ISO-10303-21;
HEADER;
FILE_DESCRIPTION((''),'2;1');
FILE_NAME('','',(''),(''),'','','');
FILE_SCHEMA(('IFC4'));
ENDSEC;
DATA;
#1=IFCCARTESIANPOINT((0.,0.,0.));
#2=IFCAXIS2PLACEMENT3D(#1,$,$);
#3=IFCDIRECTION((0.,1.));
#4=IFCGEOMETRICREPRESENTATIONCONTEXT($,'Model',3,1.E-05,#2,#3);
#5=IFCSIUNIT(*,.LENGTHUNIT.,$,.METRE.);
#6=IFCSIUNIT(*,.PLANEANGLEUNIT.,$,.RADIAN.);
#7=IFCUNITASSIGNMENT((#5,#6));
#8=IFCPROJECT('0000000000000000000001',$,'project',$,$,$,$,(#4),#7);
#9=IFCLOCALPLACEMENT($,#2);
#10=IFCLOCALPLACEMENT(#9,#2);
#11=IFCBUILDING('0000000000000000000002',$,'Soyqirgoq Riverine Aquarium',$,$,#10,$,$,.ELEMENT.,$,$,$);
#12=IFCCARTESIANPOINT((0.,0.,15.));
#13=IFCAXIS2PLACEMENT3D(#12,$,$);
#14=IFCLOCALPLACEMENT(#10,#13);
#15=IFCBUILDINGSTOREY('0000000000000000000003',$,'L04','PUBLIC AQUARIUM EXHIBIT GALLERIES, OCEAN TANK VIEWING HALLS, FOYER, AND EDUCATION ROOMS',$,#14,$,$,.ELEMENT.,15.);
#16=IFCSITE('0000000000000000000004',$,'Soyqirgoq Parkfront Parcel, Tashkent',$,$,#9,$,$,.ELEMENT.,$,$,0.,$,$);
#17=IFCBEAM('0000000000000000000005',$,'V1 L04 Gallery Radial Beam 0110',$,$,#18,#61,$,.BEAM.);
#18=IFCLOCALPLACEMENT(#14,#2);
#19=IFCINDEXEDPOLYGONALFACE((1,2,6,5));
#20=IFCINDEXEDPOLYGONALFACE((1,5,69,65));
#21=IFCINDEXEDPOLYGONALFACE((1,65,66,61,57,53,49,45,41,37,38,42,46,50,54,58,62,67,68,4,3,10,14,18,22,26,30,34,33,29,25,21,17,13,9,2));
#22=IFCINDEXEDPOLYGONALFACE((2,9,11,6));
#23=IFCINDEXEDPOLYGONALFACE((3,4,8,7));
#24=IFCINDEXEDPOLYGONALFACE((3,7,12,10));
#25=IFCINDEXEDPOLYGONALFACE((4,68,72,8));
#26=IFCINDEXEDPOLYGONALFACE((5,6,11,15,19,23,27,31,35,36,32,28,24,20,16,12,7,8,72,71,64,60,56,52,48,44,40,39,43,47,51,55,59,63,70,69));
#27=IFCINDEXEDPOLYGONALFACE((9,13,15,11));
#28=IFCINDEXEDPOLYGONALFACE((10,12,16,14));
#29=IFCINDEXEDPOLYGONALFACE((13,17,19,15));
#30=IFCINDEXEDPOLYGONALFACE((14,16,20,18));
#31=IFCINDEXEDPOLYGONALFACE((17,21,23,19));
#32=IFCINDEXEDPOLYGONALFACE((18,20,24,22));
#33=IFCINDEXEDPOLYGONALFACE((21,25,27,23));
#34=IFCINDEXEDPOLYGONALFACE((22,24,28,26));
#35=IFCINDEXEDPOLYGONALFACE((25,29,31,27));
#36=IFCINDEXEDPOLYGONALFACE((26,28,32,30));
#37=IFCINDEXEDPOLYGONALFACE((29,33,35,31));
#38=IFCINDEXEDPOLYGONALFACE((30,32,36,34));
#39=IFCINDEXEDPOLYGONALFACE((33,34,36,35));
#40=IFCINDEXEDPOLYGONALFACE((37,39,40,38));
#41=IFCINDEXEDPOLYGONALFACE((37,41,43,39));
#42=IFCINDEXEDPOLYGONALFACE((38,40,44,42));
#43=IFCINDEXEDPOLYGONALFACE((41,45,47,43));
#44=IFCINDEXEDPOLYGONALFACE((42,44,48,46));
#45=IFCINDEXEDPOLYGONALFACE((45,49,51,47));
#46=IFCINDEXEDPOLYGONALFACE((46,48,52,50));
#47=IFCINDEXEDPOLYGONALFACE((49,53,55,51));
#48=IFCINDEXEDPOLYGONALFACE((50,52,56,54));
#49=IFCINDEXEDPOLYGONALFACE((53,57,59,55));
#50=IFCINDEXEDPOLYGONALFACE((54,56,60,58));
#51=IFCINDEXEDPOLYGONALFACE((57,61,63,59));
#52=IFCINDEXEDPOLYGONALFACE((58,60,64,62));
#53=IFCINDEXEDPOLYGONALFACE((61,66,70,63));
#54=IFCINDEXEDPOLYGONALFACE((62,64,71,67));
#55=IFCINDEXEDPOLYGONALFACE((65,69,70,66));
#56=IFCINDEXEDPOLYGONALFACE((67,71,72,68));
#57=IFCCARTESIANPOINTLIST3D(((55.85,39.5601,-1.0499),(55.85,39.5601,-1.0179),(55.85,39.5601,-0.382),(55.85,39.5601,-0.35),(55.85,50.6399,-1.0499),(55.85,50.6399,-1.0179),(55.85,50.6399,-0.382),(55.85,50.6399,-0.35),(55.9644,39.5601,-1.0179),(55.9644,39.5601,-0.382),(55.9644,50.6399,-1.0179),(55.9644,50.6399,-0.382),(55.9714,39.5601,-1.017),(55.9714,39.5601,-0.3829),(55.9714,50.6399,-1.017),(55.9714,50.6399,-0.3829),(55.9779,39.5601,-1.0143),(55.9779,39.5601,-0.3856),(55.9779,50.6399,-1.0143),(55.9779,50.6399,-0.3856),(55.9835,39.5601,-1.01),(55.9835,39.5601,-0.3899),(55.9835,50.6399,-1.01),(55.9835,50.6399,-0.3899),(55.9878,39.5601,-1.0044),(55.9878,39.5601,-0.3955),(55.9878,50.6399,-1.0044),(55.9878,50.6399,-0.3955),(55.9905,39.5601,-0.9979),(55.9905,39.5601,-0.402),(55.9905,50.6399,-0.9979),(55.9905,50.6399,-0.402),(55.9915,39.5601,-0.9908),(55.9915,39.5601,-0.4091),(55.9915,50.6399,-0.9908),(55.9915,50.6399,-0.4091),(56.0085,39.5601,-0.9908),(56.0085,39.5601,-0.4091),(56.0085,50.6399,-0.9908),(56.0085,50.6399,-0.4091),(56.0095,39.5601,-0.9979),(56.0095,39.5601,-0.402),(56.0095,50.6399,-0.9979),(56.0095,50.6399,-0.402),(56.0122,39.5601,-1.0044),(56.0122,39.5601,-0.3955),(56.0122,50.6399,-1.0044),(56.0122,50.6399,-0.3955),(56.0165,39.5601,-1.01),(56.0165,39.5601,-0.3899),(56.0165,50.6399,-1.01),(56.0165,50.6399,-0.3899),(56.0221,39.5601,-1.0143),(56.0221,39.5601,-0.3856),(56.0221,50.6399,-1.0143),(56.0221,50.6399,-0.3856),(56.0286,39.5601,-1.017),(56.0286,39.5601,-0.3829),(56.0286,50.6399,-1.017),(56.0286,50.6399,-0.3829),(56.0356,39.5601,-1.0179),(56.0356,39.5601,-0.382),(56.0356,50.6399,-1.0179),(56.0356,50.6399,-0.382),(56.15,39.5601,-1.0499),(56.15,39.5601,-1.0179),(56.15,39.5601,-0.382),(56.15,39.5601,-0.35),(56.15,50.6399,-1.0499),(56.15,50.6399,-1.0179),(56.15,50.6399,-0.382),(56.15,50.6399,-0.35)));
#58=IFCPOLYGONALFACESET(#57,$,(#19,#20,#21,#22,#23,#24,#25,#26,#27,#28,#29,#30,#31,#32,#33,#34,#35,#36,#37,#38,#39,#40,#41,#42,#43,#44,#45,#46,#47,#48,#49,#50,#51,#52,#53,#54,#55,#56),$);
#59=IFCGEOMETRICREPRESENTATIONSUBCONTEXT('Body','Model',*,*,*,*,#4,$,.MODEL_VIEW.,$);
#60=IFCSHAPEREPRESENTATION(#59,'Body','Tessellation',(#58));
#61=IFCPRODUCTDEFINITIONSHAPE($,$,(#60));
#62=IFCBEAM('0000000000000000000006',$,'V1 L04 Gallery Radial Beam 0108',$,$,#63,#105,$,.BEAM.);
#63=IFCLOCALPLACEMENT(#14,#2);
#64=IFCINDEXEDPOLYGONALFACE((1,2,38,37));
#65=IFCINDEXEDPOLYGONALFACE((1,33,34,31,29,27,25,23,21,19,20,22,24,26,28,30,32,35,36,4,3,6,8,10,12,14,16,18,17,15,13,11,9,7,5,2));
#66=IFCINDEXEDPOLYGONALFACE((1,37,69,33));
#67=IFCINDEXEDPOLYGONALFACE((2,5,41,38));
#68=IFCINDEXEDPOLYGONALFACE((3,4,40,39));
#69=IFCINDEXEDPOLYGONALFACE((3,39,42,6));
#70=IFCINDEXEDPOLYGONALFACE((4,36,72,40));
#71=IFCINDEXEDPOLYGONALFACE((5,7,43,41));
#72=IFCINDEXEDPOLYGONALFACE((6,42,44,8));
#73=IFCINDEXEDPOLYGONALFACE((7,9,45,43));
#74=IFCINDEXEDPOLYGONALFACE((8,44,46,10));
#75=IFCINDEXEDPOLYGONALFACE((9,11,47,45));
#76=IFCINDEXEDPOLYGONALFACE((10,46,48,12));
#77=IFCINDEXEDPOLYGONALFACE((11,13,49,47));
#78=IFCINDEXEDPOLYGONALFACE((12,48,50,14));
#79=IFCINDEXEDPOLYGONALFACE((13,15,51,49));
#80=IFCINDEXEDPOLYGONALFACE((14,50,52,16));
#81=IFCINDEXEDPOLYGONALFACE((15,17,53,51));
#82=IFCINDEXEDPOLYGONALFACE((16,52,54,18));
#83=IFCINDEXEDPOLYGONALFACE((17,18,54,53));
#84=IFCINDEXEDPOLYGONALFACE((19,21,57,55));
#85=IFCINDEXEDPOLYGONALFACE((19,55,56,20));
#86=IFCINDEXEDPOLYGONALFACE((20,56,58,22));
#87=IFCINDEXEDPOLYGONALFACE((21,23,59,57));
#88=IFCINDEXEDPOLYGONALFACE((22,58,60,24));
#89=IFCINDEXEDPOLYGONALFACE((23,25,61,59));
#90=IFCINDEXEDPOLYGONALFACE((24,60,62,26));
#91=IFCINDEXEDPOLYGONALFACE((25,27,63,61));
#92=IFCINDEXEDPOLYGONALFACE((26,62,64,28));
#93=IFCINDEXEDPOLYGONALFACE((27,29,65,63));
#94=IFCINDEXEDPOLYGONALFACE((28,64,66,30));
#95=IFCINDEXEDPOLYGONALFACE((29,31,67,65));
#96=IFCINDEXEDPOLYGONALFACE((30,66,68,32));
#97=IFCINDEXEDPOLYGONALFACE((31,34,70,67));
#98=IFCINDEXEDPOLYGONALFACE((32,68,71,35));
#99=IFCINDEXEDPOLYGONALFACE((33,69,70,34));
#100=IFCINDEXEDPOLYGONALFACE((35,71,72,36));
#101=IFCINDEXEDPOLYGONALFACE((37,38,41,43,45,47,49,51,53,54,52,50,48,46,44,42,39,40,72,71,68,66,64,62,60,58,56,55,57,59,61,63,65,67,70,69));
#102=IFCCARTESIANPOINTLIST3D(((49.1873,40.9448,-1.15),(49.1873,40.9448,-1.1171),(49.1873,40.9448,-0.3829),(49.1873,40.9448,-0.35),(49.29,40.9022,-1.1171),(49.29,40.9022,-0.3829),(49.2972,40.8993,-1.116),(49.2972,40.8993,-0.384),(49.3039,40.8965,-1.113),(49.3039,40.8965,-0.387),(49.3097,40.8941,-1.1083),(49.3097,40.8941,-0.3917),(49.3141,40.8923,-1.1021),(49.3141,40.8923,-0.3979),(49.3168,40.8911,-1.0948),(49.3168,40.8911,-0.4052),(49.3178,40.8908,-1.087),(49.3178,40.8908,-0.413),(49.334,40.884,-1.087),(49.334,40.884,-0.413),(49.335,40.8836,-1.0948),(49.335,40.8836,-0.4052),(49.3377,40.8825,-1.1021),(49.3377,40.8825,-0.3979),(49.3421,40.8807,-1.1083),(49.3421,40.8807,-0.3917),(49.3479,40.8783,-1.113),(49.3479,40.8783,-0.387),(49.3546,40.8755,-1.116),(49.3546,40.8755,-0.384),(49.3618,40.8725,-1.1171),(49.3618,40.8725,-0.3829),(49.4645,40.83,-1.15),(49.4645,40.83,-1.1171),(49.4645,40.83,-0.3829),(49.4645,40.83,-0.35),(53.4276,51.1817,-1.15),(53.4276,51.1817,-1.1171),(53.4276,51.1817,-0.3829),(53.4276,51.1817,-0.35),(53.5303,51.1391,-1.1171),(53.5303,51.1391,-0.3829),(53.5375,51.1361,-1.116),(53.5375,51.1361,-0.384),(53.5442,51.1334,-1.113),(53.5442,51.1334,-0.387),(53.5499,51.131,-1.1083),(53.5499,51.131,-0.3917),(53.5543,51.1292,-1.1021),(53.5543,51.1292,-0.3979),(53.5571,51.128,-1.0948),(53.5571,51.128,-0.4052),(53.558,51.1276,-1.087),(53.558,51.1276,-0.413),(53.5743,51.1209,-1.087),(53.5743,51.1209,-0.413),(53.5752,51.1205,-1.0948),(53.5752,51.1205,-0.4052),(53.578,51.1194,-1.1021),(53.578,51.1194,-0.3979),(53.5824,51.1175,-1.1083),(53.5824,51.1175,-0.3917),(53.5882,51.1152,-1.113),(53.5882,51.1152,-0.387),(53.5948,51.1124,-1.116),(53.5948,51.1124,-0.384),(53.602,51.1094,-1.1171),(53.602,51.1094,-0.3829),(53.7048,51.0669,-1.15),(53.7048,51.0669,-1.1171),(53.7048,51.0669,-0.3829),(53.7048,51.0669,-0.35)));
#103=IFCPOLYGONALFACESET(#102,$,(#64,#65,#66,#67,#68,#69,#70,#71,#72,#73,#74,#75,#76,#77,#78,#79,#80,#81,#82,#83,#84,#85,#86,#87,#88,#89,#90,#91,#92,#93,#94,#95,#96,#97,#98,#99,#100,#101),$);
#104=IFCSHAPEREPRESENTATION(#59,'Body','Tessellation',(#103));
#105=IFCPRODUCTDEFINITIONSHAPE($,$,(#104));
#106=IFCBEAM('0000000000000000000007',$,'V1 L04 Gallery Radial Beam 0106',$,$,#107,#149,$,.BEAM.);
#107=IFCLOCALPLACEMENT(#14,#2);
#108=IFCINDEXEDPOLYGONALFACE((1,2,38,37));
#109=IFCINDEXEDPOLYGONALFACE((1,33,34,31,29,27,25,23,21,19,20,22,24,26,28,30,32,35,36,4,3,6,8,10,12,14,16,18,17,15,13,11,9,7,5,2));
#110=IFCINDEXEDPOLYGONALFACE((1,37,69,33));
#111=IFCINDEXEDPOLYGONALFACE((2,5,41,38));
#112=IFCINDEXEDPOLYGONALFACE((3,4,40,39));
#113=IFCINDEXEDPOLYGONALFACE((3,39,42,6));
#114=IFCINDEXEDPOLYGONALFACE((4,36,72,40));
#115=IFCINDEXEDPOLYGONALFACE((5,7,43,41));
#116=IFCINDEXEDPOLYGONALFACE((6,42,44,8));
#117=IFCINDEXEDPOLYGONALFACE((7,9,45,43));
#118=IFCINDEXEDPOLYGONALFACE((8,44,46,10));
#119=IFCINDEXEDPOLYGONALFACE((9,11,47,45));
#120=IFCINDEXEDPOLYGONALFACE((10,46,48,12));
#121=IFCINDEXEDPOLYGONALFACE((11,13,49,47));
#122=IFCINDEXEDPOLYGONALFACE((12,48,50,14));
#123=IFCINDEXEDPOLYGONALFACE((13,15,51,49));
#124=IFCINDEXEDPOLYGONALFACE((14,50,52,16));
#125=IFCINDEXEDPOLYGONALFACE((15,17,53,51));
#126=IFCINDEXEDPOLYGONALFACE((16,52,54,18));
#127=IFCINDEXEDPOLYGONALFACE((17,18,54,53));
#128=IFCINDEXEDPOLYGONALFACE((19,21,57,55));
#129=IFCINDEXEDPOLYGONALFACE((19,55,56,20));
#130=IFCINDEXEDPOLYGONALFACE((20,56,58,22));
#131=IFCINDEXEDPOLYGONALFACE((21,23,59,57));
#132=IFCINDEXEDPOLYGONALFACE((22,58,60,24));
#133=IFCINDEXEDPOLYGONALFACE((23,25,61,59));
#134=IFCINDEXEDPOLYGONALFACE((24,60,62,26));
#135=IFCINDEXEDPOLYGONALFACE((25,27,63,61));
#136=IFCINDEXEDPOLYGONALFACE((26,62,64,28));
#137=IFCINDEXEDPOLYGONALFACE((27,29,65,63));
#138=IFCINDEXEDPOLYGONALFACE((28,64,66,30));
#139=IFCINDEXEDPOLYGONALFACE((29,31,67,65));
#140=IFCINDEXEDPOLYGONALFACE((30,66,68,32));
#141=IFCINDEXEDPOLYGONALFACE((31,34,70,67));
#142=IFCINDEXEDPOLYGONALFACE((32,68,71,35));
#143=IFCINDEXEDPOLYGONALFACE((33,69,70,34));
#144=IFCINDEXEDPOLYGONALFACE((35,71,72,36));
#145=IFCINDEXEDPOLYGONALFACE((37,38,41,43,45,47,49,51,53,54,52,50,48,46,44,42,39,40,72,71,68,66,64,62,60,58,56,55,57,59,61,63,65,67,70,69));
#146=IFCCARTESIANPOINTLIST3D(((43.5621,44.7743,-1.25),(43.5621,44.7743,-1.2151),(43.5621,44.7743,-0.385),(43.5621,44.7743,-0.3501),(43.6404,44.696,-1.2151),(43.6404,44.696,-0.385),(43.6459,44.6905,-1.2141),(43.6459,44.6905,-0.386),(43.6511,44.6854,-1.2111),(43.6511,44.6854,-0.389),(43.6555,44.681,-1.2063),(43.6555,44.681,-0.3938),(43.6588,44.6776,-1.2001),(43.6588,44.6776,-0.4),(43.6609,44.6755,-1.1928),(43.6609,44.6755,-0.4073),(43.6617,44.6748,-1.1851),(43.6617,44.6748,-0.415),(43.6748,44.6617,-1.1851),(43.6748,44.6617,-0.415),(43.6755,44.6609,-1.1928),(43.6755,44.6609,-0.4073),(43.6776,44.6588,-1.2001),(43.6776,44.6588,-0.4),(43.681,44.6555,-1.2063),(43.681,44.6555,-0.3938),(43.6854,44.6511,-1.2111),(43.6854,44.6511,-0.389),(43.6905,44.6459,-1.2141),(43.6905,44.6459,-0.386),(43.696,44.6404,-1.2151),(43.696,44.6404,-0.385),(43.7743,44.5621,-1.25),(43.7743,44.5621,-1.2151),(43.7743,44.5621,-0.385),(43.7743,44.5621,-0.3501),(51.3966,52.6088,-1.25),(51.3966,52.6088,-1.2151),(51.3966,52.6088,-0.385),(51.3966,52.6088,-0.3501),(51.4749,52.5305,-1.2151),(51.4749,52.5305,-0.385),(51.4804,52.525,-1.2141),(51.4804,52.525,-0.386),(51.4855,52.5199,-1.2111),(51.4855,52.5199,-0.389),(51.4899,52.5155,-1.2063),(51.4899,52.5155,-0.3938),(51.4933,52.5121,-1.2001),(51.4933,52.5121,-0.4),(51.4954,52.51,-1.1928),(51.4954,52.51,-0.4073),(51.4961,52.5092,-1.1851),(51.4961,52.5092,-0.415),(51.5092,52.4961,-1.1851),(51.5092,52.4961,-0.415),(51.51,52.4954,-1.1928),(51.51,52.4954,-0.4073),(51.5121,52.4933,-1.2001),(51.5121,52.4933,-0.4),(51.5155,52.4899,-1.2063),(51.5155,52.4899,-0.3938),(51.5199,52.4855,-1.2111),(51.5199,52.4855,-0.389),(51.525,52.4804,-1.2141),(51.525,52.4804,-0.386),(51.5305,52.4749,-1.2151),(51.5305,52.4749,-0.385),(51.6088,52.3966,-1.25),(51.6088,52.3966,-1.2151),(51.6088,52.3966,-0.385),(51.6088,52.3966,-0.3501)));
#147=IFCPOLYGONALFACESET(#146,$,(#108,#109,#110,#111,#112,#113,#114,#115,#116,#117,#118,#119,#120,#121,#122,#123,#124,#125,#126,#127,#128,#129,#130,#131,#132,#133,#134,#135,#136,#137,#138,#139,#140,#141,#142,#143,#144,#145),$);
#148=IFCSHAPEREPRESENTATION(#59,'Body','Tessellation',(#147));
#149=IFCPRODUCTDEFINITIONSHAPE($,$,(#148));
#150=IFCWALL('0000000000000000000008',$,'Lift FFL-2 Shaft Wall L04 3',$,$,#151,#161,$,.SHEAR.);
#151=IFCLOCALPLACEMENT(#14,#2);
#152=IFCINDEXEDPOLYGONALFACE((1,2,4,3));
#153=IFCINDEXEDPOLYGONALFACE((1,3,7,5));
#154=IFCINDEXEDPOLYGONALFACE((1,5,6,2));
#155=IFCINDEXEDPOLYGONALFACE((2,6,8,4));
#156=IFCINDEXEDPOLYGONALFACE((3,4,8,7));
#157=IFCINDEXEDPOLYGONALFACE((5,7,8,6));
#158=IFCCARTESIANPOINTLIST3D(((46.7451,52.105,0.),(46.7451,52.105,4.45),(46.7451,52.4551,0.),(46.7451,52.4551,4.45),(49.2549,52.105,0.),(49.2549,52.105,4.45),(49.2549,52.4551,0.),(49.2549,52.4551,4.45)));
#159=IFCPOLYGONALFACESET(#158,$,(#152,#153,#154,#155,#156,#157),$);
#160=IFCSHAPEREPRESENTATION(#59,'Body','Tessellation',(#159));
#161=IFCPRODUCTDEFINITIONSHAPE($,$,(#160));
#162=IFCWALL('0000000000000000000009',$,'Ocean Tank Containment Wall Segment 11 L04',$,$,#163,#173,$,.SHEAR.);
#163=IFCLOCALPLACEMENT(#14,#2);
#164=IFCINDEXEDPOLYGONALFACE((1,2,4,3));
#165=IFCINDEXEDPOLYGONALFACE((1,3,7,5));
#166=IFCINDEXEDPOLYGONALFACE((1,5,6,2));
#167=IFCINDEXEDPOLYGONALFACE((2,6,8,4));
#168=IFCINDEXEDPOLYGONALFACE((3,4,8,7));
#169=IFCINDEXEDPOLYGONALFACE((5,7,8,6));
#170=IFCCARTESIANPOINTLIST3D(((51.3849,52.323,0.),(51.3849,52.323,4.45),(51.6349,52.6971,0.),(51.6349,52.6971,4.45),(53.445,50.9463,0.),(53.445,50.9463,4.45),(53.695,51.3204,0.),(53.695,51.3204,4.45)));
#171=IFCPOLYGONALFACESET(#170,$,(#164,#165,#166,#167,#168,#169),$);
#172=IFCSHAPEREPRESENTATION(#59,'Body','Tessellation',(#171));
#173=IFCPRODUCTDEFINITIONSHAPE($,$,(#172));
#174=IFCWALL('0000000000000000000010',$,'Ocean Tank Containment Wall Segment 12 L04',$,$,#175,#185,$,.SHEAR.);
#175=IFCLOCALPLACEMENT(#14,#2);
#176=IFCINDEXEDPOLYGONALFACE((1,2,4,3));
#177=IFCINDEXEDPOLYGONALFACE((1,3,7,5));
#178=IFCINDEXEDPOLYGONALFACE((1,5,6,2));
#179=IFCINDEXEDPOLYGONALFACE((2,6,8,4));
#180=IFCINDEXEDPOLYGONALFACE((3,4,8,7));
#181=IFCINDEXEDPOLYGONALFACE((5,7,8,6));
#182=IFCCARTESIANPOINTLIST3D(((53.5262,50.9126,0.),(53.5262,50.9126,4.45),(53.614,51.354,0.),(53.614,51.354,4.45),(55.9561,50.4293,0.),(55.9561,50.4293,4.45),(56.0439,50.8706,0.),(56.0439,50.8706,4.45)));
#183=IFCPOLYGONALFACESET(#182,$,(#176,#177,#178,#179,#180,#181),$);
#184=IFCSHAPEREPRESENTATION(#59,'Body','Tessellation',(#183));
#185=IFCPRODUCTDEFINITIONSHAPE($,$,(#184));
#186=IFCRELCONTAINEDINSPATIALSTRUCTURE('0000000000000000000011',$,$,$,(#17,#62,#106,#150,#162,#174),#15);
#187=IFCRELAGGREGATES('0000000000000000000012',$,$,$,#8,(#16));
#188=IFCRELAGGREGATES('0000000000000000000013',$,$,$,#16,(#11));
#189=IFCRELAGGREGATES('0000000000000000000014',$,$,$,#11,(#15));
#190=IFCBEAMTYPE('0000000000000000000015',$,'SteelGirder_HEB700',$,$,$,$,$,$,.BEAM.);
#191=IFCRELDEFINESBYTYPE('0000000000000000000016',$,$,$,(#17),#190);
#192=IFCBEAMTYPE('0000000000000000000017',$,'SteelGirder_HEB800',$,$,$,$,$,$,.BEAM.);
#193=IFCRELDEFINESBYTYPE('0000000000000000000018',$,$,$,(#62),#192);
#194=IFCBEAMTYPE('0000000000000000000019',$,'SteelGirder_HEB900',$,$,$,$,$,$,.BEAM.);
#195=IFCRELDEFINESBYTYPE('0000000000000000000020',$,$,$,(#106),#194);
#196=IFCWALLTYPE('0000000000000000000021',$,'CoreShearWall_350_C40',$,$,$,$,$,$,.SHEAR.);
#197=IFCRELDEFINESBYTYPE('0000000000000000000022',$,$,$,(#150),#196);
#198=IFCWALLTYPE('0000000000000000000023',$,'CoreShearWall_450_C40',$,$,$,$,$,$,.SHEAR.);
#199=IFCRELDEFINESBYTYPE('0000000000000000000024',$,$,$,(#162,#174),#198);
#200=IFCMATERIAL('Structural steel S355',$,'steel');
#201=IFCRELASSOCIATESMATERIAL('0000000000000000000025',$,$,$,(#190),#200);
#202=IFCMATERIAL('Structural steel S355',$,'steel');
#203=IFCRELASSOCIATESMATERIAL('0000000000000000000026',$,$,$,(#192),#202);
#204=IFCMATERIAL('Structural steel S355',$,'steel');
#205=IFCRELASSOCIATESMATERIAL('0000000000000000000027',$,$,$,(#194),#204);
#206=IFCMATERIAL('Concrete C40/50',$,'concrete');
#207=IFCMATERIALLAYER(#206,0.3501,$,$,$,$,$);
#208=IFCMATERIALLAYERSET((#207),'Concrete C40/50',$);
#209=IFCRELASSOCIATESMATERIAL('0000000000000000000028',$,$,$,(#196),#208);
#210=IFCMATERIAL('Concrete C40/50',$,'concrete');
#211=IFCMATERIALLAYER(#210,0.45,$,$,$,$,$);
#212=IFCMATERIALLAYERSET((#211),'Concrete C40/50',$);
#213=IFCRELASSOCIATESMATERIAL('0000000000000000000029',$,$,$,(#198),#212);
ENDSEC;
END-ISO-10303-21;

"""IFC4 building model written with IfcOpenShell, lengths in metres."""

from ifc_helpers import new_model, si_unit, direction, frame, frame_2d, origin, origin_2d, place, context, subcontext, project, spatial, rectangle, i_section, extrude, material, layer, layer_set, material_profile, profile_set, type_object, element, save


model = new_model("IFC4")

# Units and contexts
model_context = context("Model", 3, precision=1e-05, world=origin(), true_north=direction((0.0, 1.0)))
body_context = subcontext(model_context, "Body", "Model", "MODEL_VIEW")
ifc_project = project(units=[si_unit("LENGTHUNIT", "METRE"), si_unit("PLANEANGLEUNIT", "RADIAN")], contexts=[model_context])

# Site, building, storey
site_placement = place(None, origin())
site = spatial("IfcSite", under=ifc_project, at=site_placement, Name="Soyqirgoq Parkfront Parcel, Tashkent", CompositionType="ELEMENT", RefElevation=0.0)
building_placement = place(site_placement, origin())
building = spatial("IfcBuilding", under=site, at=building_placement, Name="Soyqirgoq Riverine Aquarium", CompositionType="ELEMENT")
storey_placement = place(building_placement, frame((0.0, 0.0, 15.0)))
storey = spatial("IfcBuildingStorey", under=building, at=storey_placement, Name="L04", Description="PUBLIC AQUARIUM EXHIBIT GALLERIES, OCEAN TANK VIEWING HALLS, FOYER, AND EDUCATION ROOMS", CompositionType="ELEMENT", Elevation=15.0)

# Beams
ifc_material_1 = material(Name="Structural steel S355", Category="steel")
ifc_material_profile_1 = material_profile(ifc_material_1, i_section(OverallWidth=0.3, OverallDepth=0.7, WebThickness=0.0171, FlangeThickness=0.032, FilletRadius=0.0271, at=origin_2d()), Name="HEB 700")
ifc_profile_set_1 = profile_set([ifc_material_profile_1], Name="Structural steel S355")
beam_type_1 = type_object("IfcBeamType", Name="SteelGirder_HEB700", PredefinedType="BEAM", material=ifc_profile_set_1)
beam_1_placement = place(storey_placement, frame((56.0, 50.6399, -0.7), z_axis=(0.0, -1.0, 0.0), x_axis=(1.0, 0.0, 0.0)))
element("IfcBeam", 1, at=beam_1_placement, inside=storey, type_object=beam_type_1, Name="V1 L04 Gallery Radial Beam 0110", PredefinedType="BEAM", context=body_context, shape_type="SweptSolid", body=[
    extrude(i_section(OverallWidth=0.3, OverallDepth=0.7, WebThickness=0.0171, FlangeThickness=0.032, FilletRadius=0.0271, at=origin_2d()), origin(), (0.0, 0.0, 1.0), 11.0798),
])
ifc_material_2 = material(Name="Structural steel S355", Category="steel")
ifc_material_profile_2 = material_profile(ifc_material_2, i_section(OverallWidth=0.3, OverallDepth=0.8, WebThickness=0.0176, FlangeThickness=0.033, FilletRadius=0.03, at=origin_2d()), Name="HEB 800")
ifc_profile_set_2 = profile_set([ifc_material_profile_2], Name="Structural steel S355")
beam_type_2 = type_object("IfcBeamType", Name="SteelGirder_HEB800", PredefinedType="BEAM", material=ifc_profile_set_2)
beam_2_placement = place(storey_placement, frame((53.5662, 51.1243, -0.75), z_axis=(-0.382684, -0.923879, 0.0), x_axis=(0.923879, -0.382684, 0.0)))
element("IfcBeam", 2, at=beam_2_placement, inside=storey, type_object=beam_type_2, Name="V1 L04 Gallery Radial Beam 0108", PredefinedType="BEAM", context=body_context, shape_type="SweptSolid", body=[
    extrude(i_section(OverallWidth=0.3, OverallDepth=0.8, WebThickness=0.0176, FlangeThickness=0.033, FilletRadius=0.03, at=origin_2d()), origin(), (0.0, 0.0, 1.0), 11.0803),
])
ifc_material_3 = material(Name="Structural steel S355", Category="steel")
ifc_material_profile_3 = material_profile(ifc_material_3, i_section(OverallWidth=0.3, OverallDepth=0.8999, WebThickness=0.0186, FlangeThickness=0.0349, FilletRadius=0.03, at=origin_2d()), Name="HEB 900")
ifc_profile_set_3 = profile_set([ifc_material_profile_3], Name="Structural steel S355")
beam_type_3 = type_object("IfcBeamType", Name="SteelGirder_HEB900", PredefinedType="BEAM", material=ifc_profile_set_3)
beam_3_placement = place(storey_placement, frame((51.5027, 52.5027, -0.8), z_axis=(-0.707107, -0.707107, 0.0), x_axis=(0.707107, -0.707107, 0.0)))
element("IfcBeam", 3, at=beam_3_placement, inside=storey, type_object=beam_type_3, Name="V1 L04 Gallery Radial Beam 0106", PredefinedType="BEAM", context=body_context, shape_type="SweptSolid", body=[
    extrude(i_section(OverallWidth=0.3, OverallDepth=0.8999, WebThickness=0.0186, FlangeThickness=0.0349, FilletRadius=0.03, at=origin_2d()), origin(), (0.0, 0.0, 1.0), 11.0796),
])

# Walls
ifc_material_4 = material(Name="Concrete C40/50", Category="concrete")
ifc_layer_1 = layer(ifc_material_4, 0.3501)
ifc_layer_set_1 = layer_set([ifc_layer_1], Name="Concrete C40/50")
wall_type_1 = type_object("IfcWallType", Name="CoreShearWall_350_C40", PredefinedType="SHEAR", material=ifc_layer_set_1)
wall_1_placement = place(storey_placement, frame((49.2549, 52.28, 0.0), z_axis=(0.0, 0.0, 1.0), x_axis=(-1.0, 0.0, 0.0)))
element("IfcWall", 4, at=wall_1_placement, inside=storey, type_object=wall_type_1, Name="Lift FFL-2 Shaft Wall L04 3", PredefinedType="SHEAR", context=body_context, shape_type="SweptSolid", body=[
    extrude(rectangle(XDim=2.5098, YDim=0.3501, at=frame_2d((1.2549, 0.0))), origin(), (0.0, 0.0, 1.0), 4.45),
])
ifc_material_5 = material(Name="Concrete C40/50", Category="concrete")
ifc_layer_2 = layer(ifc_material_5, 0.45)
ifc_layer_set_2 = layer_set([ifc_layer_2], Name="Concrete C40/50")
wall_type_2 = type_object("IfcWallType", Name="CoreShearWall_450_C40", PredefinedType="SHEAR", material=ifc_layer_set_2)
wall_2_placement = place(storey_placement, frame((51.51, 52.51, 0.0), z_axis=(0.0, 0.0, 1.0), x_axis=(0.831428, -0.555632, 0.0)))
element("IfcWall", 5, at=wall_2_placement, inside=storey, type_object=wall_type_2, Name="Ocean Tank Containment Wall Segment 11 L04", PredefinedType="SHEAR", context=body_context, shape_type="SweptSolid", body=[
    extrude(rectangle(XDim=2.4778, YDim=0.45, at=frame_2d((1.2388, 0.0))), origin(), (0.0, 0.0, 1.0), 4.45),
])
for number, where, z_axis, x_axis, name in (
    (6, (53.5701, 51.1333, 0.0), (0.0, 0.0, 1.0), (0.980781, -0.195112, 0.0), "Ocean Tank Containment Wall Segment 12 L04"),
):
    element("IfcWall", number, at=place(storey_placement, frame(where, z_axis=z_axis, x_axis=x_axis)), inside=storey, type_object=wall_type_2, Name=name, PredefinedType="SHEAR", context=body_context, shape_type="SweptSolid", body=[
        extrude(rectangle(XDim=2.4775, YDim=0.45, at=frame_2d((1.2388, 0.0))), origin(), (0.0, 0.0, 1.0), 4.45),
    ])

save(model, "model.ifc")
